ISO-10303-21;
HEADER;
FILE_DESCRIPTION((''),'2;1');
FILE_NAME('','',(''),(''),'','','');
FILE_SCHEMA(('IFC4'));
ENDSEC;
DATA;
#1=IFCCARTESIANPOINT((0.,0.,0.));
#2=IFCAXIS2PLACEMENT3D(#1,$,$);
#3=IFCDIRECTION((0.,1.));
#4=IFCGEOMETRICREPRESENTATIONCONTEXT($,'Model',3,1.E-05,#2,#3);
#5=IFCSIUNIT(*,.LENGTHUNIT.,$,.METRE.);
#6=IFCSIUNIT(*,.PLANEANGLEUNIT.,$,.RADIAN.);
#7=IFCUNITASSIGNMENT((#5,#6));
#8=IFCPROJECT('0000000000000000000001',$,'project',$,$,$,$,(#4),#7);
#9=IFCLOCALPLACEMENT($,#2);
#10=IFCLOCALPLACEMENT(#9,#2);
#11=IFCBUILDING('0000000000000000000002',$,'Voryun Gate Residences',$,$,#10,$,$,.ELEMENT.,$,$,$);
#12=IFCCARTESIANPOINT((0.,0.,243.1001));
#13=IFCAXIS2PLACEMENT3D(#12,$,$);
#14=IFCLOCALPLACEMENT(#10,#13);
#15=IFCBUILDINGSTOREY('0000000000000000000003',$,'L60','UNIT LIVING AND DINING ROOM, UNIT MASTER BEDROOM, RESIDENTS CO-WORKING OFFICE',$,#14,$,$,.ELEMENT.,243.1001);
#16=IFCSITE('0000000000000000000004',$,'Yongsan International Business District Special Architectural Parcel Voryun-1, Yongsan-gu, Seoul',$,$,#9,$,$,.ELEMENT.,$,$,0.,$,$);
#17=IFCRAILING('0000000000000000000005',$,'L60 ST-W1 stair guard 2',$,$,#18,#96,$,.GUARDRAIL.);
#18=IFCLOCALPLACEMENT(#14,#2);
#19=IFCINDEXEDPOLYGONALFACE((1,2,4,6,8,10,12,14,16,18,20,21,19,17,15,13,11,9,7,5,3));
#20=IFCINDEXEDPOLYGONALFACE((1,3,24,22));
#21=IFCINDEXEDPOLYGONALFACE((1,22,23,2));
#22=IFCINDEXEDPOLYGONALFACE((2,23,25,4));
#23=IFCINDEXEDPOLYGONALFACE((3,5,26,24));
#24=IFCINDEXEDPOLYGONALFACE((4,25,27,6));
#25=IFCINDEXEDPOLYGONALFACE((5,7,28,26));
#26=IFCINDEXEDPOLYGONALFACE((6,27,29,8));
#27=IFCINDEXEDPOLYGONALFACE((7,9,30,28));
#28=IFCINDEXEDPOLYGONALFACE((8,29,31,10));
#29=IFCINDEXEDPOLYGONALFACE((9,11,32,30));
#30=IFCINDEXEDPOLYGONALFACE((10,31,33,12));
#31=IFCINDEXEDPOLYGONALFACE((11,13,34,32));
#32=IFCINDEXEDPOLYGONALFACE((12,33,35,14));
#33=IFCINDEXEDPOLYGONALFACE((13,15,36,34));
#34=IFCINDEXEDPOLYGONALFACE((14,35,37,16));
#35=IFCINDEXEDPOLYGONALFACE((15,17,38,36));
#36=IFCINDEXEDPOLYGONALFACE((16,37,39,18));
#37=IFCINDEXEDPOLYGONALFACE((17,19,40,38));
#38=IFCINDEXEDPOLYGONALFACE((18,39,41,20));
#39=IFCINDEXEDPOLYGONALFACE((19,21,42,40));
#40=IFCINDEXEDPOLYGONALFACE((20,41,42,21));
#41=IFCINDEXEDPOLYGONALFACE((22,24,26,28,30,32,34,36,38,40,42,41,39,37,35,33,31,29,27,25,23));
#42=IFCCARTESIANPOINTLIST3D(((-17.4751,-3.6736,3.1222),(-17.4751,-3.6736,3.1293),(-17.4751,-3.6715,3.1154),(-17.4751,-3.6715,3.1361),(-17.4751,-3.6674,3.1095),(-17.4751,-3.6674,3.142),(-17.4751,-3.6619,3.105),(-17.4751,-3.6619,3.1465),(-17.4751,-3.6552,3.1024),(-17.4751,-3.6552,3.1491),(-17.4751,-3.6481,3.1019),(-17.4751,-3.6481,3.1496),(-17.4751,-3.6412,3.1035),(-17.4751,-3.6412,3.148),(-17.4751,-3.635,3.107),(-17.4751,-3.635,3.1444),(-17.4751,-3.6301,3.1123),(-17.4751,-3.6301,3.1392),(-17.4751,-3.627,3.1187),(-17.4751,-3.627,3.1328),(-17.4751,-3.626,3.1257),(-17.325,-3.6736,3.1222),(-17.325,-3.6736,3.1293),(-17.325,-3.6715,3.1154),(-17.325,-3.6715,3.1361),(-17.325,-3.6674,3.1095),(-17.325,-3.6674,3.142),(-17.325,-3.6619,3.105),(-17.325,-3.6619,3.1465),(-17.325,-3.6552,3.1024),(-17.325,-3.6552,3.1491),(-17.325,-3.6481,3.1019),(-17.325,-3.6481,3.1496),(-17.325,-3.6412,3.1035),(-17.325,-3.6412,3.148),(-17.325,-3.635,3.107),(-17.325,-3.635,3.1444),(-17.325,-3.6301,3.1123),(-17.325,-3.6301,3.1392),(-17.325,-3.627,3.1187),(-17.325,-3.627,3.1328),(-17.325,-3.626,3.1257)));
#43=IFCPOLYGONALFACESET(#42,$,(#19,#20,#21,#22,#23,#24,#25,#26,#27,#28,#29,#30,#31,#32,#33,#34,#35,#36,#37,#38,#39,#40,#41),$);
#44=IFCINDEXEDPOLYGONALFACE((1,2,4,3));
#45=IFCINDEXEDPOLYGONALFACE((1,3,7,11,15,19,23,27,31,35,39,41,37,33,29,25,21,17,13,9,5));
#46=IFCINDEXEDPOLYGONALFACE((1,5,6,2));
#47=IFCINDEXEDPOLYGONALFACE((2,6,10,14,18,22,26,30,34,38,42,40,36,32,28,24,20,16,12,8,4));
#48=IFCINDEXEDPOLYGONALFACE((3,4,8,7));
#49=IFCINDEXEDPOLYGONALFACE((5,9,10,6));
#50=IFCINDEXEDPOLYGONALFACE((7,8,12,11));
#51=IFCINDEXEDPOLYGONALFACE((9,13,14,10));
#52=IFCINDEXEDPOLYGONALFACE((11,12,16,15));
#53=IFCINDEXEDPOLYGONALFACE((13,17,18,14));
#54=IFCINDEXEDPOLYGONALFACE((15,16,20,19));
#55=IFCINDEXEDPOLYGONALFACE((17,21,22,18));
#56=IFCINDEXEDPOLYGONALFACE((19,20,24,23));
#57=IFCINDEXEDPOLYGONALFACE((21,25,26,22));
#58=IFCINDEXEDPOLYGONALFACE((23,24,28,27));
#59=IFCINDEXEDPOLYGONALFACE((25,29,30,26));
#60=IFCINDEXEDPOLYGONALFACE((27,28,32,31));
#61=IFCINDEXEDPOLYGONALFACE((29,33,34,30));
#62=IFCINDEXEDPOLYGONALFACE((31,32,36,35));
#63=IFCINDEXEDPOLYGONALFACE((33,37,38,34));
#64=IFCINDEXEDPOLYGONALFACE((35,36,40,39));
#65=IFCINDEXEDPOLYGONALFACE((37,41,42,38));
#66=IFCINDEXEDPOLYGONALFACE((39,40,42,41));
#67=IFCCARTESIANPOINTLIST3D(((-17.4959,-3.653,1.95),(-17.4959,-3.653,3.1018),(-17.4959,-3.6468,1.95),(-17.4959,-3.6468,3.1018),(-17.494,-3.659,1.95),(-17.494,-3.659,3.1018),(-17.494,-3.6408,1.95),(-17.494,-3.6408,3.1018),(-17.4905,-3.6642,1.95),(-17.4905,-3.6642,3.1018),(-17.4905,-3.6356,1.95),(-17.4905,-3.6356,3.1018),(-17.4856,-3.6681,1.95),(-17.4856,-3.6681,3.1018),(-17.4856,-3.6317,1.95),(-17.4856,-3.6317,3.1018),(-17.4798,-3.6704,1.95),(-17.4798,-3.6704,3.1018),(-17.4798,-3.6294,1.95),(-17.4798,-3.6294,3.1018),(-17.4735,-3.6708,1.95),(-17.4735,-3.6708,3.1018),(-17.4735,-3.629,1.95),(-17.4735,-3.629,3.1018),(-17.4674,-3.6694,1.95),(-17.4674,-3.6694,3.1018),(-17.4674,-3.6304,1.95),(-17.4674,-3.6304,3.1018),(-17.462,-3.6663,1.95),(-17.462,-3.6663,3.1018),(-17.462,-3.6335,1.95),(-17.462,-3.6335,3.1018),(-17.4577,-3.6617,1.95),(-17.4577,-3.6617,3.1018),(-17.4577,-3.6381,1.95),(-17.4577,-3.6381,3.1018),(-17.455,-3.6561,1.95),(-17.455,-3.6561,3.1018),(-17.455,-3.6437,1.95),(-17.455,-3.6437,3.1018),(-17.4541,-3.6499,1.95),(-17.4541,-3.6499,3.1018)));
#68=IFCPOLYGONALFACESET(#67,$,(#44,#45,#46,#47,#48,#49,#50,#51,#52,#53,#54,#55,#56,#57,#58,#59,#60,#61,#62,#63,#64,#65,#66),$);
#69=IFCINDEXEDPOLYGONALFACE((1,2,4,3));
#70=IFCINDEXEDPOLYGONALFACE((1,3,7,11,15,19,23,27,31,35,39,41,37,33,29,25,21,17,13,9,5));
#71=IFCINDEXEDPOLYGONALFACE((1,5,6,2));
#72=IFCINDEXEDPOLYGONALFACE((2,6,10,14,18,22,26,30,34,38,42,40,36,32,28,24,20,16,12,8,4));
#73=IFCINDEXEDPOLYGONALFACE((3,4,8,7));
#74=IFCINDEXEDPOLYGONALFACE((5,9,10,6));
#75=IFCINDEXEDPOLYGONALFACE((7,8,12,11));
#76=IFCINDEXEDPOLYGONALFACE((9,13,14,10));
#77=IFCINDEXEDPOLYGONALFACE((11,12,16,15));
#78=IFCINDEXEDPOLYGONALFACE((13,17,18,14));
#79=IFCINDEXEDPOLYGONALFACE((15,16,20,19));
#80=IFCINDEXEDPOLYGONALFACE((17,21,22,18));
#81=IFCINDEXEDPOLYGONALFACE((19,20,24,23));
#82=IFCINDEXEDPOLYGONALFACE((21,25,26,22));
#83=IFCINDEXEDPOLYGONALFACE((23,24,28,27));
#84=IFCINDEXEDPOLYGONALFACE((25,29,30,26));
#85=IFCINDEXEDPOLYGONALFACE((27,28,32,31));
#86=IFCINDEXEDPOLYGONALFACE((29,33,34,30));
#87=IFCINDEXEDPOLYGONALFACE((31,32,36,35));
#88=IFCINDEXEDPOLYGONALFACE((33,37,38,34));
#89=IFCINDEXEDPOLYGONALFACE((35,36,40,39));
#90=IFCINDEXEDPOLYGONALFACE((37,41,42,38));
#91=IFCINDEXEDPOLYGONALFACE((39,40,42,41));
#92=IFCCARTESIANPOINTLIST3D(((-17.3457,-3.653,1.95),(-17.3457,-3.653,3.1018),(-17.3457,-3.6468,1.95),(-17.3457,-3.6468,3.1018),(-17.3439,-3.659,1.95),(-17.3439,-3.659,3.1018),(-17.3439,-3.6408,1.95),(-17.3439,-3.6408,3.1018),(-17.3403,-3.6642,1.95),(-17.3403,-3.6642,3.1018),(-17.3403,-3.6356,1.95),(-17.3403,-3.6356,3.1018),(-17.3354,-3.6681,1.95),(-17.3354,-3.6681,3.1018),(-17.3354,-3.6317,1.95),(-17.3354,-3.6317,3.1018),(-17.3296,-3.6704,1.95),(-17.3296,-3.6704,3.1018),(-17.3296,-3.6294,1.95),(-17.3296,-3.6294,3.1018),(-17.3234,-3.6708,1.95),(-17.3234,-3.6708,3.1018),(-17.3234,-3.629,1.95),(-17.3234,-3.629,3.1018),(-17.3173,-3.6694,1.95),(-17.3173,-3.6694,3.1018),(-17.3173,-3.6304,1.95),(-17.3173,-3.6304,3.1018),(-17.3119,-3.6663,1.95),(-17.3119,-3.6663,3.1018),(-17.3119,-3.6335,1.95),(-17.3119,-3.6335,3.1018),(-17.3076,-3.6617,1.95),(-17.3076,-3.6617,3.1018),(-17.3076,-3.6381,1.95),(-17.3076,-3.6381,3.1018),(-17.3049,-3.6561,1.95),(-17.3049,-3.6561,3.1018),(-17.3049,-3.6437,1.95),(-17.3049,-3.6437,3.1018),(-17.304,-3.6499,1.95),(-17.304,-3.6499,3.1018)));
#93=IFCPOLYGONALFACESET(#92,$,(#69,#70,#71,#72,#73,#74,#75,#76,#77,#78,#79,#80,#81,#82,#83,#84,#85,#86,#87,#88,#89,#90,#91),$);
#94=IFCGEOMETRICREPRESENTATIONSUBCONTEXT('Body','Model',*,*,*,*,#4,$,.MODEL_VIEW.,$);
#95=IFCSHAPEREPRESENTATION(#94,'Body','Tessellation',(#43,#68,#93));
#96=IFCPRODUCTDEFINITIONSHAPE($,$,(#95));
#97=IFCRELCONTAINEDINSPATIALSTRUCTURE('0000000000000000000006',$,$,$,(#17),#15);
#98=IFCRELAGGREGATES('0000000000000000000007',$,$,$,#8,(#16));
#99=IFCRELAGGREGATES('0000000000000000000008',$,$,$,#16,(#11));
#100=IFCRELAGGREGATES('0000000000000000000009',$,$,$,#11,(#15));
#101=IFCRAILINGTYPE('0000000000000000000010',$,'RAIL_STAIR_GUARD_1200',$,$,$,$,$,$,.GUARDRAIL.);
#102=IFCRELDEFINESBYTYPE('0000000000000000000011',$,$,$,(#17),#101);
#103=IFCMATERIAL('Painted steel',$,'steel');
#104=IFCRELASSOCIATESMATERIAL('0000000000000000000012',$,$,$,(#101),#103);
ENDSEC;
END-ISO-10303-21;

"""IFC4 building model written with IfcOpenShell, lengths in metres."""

from ifc_helpers import new_model, si_unit, direction, frame, origin, origin_2d, place, context, subcontext, project, spatial, circle, extrude, material, type_object, element, save


model = new_model("IFC4")

# Units and contexts
model_context = context("Model", 3, precision=1e-05, world=origin(), true_north=direction((0.0, 1.0)))
body_context = subcontext(model_context, "Body", "Model", "MODEL_VIEW")
ifc_project = project(units=[si_unit("LENGTHUNIT", "METRE"), si_unit("PLANEANGLEUNIT", "RADIAN")], contexts=[model_context])

# Site, building, storey
site_placement = place(None, origin())
site = spatial("IfcSite", under=ifc_project, at=site_placement, Name="Yongsan International Business District Special Architectural Parcel Voryun-1, Yongsan-gu, Seoul", CompositionType="ELEMENT", RefElevation=0.0)
building_placement = place(site_placement, origin())
building = spatial("IfcBuilding", under=site, at=building_placement, Name="Voryun Gate Residences", CompositionType="ELEMENT")
storey_placement = place(building_placement, frame((0.0, 0.0, 243.1001)))
storey = spatial("IfcBuildingStorey", under=building, at=storey_placement, Name="L60", Description="UNIT LIVING AND DINING ROOM, UNIT MASTER BEDROOM, RESIDENTS CO-WORKING OFFICE", CompositionType="ELEMENT", Elevation=243.1001)

# Railing
ifc_material_1 = material(Name="Painted steel", Category="steel")
railing_type_1 = type_object("IfcRailingType", Name="RAIL_STAIR_GUARD_1200", PredefinedType="GUARDRAIL", material=ifc_material_1)
railing_1_placement = place(storey_placement, frame((-17.4751, -3.6499, 1.95)))
element("IfcRailing", 1, at=railing_1_placement, inside=storey, type_object=railing_type_1, Name="L60 ST-W1 stair guard 2", PredefinedType="GUARDRAIL", context=body_context, shape_type="SweptSolid", body=[
    extrude(circle(Radius=0.0239, at=origin_2d()), frame((0.0, 0.0, 1.1758), z_axis=(1.0, 0.0, 0.0), x_axis=(0.0, 1.0, 0.0)), (0.0, 0.0, 1.0), 0.1501),
    extrude(circle(Radius=0.021, at=origin_2d()), origin(), (0.0, 0.0, 1.0), 1.1519),
    extrude(circle(Radius=0.021, at=origin_2d()), frame((0.1501, 0.0, 0.0)), (0.0, 0.0, 1.0), 1.1519),
])

save(model, "model.ifc")
